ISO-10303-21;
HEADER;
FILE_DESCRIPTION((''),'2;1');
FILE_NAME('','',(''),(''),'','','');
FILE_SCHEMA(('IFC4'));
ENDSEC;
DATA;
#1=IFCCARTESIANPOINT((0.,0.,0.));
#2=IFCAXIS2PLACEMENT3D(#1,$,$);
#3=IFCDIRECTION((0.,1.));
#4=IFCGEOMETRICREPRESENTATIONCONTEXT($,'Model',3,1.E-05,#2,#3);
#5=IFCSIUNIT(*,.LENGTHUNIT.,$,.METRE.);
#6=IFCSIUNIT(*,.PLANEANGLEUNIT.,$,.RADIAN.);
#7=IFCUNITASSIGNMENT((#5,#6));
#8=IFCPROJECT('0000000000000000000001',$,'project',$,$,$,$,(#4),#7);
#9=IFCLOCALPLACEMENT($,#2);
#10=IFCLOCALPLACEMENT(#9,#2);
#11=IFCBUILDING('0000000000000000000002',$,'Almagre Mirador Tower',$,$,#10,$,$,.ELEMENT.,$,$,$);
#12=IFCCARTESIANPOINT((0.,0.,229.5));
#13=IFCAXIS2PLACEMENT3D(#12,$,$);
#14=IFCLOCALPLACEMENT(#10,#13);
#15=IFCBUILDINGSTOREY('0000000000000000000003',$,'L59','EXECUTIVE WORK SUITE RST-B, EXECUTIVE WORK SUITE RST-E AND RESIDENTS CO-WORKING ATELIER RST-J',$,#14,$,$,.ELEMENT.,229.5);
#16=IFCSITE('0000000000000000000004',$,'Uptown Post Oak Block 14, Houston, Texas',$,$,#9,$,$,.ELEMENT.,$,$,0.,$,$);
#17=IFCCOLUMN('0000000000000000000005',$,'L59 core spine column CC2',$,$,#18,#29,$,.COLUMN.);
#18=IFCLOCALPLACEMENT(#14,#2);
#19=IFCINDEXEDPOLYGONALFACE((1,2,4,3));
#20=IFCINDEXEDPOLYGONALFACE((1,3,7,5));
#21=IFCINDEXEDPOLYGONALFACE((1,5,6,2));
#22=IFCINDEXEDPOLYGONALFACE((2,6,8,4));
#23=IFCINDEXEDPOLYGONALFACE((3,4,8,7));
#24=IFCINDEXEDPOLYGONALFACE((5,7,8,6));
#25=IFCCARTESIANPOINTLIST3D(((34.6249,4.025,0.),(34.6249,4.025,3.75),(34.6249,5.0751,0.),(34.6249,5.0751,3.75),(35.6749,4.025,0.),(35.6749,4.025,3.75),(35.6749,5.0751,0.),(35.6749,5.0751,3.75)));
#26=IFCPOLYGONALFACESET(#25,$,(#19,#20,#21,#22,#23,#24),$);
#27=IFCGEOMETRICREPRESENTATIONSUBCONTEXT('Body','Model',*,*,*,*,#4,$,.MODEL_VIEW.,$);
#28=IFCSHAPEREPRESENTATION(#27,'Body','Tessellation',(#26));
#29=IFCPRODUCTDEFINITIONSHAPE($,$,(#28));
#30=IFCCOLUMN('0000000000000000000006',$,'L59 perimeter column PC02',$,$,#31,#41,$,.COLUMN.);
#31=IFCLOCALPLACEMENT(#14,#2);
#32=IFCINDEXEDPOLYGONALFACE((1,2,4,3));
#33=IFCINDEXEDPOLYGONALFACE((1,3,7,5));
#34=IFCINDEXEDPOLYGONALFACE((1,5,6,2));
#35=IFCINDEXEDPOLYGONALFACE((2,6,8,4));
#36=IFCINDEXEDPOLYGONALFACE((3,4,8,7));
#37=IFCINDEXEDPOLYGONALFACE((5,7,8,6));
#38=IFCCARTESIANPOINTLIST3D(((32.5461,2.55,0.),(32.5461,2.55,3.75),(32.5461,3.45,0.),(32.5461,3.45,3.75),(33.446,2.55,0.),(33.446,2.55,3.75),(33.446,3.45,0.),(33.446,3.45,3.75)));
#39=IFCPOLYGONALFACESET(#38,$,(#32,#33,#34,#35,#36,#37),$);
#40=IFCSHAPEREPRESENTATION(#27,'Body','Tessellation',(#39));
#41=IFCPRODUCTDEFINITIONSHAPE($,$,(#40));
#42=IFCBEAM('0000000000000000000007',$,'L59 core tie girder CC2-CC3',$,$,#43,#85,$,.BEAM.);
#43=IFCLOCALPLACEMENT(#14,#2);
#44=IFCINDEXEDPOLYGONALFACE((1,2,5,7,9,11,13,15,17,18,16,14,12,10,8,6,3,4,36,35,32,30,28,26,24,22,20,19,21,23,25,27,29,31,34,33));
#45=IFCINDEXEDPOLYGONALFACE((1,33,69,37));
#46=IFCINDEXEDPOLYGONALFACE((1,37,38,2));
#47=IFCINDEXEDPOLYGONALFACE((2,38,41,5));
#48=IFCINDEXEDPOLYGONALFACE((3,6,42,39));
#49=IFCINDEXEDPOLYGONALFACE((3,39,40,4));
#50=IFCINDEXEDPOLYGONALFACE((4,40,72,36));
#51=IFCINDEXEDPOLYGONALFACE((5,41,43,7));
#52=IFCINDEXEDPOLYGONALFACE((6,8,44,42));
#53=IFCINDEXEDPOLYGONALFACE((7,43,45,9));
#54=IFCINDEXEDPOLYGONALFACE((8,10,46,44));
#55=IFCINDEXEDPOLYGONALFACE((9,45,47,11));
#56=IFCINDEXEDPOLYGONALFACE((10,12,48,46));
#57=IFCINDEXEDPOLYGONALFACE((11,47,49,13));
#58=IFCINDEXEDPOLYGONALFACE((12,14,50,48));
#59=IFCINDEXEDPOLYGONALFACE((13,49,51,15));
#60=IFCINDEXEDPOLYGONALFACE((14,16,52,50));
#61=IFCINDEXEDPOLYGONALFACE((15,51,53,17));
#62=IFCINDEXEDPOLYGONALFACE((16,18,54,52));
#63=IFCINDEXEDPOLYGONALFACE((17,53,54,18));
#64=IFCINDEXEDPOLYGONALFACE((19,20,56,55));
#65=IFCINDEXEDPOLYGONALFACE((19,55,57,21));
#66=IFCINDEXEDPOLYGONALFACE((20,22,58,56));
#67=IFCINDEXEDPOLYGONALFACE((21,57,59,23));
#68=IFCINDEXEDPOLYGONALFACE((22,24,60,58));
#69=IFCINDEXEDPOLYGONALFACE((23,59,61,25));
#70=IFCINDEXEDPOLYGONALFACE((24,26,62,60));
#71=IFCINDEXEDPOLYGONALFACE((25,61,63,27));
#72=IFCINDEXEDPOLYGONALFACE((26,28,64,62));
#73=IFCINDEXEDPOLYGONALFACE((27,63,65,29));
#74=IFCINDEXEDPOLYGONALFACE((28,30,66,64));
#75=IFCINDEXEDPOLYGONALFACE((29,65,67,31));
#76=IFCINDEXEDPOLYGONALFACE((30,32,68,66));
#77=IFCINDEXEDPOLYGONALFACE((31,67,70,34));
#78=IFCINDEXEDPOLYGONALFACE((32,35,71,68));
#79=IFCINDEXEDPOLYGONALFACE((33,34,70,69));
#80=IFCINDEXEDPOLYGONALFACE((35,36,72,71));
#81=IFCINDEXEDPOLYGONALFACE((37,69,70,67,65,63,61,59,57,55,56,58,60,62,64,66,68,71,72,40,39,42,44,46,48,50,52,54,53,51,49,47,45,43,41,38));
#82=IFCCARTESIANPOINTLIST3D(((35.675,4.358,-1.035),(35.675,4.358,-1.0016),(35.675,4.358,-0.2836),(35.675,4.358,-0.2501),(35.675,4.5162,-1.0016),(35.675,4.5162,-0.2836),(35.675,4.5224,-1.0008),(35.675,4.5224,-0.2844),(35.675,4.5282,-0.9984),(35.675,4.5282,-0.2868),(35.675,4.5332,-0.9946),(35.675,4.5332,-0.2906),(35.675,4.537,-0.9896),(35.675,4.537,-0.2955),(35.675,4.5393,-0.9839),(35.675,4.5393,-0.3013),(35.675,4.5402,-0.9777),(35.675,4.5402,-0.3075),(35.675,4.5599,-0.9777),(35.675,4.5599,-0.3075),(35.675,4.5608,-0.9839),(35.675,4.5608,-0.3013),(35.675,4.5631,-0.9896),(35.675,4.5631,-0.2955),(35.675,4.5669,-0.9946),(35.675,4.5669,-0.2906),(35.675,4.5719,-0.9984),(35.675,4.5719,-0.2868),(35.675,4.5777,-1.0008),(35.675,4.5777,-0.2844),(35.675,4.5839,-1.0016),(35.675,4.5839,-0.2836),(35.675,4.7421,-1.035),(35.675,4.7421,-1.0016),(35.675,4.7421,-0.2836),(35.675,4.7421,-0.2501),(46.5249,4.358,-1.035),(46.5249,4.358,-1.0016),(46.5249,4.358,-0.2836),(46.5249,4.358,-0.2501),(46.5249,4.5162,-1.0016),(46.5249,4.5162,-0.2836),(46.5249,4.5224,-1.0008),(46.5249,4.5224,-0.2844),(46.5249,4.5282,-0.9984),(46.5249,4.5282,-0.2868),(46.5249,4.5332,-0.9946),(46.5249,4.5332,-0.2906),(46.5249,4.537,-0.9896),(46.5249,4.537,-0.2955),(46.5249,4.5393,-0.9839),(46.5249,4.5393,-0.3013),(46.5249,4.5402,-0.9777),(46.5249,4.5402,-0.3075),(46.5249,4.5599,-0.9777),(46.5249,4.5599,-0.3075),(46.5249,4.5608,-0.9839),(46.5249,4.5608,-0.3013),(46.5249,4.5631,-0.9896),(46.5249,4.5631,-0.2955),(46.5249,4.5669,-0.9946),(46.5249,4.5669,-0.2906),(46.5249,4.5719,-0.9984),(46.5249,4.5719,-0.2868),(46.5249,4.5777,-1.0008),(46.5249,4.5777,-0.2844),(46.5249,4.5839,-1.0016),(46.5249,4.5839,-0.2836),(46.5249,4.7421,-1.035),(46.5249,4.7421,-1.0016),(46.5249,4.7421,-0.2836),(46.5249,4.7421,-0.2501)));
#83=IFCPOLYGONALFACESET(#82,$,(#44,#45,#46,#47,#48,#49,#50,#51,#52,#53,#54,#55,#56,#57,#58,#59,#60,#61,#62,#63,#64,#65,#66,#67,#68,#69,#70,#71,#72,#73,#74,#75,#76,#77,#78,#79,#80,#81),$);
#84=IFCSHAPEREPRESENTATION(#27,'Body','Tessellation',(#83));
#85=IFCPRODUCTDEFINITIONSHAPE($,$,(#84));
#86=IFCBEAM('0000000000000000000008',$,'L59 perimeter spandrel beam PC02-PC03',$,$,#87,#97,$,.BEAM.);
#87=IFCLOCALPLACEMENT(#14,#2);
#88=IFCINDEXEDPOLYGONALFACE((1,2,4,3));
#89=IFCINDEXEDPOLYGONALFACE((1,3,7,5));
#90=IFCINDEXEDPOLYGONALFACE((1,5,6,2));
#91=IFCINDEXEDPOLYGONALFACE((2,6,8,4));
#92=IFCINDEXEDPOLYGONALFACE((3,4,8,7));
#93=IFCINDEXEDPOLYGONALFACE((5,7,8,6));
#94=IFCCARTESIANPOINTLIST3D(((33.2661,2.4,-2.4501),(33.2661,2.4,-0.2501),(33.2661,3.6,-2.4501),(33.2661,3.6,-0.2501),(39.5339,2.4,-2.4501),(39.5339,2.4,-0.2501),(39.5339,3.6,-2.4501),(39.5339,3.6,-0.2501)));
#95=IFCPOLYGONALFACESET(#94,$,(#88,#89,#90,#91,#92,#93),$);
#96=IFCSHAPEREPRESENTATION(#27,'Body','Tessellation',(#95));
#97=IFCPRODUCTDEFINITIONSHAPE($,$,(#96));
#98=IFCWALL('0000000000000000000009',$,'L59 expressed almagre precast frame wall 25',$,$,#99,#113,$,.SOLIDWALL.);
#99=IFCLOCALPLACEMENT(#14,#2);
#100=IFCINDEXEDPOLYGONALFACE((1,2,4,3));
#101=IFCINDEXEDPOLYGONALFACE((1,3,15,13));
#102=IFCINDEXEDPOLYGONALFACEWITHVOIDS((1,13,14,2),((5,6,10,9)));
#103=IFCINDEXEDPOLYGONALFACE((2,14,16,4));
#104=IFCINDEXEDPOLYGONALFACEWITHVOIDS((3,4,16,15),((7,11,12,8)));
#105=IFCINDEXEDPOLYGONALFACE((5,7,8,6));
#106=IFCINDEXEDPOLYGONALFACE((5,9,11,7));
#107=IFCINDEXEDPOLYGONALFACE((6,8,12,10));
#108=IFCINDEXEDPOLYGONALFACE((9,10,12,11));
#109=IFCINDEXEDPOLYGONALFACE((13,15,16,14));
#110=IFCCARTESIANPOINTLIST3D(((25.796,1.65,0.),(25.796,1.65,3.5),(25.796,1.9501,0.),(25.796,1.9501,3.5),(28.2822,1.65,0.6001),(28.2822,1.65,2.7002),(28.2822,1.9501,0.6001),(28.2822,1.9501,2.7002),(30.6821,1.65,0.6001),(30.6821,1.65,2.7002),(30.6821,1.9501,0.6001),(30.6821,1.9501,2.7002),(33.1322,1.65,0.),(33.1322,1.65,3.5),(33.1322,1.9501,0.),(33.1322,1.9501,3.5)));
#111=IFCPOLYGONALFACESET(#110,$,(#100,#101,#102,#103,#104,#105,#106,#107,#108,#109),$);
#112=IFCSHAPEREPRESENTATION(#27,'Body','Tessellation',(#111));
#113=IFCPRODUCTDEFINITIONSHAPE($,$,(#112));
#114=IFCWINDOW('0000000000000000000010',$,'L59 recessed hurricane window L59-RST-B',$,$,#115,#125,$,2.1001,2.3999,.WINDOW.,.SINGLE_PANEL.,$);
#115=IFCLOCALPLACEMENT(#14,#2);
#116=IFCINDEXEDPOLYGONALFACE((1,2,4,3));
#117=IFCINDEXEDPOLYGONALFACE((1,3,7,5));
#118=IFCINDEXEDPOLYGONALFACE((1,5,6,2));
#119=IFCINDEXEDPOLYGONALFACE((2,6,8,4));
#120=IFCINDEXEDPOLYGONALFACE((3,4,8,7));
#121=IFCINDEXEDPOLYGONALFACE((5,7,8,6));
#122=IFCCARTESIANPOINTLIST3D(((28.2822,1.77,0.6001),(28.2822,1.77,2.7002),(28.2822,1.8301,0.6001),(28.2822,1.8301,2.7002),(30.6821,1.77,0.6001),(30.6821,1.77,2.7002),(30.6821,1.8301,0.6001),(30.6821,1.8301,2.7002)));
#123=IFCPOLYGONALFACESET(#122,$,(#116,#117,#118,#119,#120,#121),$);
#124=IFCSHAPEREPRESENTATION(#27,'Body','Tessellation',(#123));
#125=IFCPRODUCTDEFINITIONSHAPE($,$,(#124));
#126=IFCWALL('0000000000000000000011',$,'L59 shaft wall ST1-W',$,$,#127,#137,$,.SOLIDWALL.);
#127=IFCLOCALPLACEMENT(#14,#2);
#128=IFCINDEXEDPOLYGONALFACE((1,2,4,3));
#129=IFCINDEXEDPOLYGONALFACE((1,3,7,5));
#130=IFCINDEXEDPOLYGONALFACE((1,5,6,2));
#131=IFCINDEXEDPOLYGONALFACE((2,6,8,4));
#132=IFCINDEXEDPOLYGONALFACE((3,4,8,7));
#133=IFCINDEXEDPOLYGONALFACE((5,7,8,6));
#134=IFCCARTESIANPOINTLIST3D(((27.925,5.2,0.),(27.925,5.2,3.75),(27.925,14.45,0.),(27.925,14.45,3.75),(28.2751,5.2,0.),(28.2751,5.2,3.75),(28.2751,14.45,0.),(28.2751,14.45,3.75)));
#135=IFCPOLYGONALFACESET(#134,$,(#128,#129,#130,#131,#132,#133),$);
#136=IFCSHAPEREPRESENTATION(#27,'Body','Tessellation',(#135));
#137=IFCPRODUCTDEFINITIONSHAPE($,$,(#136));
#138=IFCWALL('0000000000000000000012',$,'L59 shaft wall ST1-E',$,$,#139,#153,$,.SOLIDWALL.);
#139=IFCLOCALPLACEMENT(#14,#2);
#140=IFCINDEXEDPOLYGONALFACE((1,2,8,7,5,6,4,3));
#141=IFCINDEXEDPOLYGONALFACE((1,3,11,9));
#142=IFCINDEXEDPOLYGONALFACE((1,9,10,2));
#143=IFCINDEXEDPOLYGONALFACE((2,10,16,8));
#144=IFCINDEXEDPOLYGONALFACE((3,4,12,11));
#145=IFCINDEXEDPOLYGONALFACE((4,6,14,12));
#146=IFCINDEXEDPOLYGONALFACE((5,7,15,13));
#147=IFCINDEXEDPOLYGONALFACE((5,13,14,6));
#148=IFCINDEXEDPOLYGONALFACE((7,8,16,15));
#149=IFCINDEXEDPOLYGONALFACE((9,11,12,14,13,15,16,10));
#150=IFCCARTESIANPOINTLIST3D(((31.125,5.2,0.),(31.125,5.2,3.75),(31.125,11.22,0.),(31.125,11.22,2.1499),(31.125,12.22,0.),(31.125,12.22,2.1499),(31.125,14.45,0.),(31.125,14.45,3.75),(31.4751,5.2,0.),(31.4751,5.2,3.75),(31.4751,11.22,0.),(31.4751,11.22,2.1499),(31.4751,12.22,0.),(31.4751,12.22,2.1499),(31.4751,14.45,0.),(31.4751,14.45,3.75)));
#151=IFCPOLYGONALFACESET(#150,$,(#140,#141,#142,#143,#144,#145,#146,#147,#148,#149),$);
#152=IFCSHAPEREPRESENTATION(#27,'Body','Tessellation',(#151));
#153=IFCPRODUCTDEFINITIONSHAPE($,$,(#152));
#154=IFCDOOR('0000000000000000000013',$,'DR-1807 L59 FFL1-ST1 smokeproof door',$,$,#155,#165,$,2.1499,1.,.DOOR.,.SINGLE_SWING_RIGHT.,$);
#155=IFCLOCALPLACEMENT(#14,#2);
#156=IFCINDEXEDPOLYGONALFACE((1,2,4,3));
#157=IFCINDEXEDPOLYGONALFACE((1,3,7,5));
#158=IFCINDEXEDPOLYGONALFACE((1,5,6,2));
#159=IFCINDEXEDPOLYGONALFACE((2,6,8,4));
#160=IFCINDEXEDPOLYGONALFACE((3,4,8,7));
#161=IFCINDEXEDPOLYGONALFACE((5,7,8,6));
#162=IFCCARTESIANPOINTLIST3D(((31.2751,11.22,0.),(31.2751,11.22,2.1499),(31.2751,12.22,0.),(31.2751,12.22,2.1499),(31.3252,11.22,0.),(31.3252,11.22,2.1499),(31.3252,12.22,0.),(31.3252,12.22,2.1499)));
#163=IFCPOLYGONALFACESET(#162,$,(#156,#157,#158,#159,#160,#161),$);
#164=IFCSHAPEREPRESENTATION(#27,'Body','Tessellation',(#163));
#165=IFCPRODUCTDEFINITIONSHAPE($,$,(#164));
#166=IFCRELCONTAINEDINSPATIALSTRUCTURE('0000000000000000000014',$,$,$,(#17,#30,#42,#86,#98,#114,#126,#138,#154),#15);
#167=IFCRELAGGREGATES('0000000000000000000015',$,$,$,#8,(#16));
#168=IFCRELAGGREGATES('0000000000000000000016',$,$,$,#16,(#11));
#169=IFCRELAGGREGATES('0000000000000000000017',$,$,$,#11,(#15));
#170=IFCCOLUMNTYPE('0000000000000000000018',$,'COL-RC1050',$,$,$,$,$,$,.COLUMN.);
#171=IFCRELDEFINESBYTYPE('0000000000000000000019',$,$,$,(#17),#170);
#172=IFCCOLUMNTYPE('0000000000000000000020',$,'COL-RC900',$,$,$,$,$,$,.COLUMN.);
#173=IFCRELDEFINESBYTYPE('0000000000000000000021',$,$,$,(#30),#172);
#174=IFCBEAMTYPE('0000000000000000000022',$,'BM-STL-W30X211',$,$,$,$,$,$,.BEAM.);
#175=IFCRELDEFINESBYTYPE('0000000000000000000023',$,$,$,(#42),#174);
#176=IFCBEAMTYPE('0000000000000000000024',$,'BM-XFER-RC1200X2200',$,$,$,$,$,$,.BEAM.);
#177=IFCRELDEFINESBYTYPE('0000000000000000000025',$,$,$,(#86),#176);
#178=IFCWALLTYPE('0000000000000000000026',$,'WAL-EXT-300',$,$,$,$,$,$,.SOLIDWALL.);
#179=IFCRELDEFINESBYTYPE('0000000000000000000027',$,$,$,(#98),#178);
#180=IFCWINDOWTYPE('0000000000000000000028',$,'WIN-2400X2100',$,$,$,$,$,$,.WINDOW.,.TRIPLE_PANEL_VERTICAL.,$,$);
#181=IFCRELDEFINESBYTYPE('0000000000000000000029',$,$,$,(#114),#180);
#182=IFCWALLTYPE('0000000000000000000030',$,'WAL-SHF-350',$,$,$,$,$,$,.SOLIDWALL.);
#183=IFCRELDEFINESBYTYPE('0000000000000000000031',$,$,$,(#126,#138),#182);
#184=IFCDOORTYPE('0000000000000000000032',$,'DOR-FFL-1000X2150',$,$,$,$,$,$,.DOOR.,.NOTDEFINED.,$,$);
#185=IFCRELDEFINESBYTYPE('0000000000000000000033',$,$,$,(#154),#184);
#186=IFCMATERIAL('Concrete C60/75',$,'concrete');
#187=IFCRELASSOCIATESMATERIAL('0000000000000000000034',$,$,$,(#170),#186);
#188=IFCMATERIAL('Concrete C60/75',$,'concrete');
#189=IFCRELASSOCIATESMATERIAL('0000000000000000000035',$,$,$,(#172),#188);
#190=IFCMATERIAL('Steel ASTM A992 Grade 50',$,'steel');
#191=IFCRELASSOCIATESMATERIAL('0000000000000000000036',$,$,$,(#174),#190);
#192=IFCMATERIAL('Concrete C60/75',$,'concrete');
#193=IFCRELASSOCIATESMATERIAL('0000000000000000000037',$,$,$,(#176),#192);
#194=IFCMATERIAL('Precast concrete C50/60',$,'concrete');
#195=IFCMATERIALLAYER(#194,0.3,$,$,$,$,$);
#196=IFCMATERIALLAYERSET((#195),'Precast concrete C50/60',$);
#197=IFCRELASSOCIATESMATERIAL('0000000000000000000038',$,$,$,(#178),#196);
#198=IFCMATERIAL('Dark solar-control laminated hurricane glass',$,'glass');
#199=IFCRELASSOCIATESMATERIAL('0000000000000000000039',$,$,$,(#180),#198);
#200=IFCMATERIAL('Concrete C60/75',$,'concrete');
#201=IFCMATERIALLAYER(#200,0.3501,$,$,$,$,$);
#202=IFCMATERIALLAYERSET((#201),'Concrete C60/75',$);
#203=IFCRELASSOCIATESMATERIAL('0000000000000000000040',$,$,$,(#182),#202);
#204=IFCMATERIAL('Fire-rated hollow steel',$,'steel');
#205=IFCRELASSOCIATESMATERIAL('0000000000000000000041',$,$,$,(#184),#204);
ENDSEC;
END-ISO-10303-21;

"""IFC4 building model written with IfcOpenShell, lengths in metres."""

from ifc_helpers import new_model, si_unit, direction, frame, frame_2d, origin, origin_2d, place, context, subcontext, project, spatial, rectangle, i_section, extrude, material, layer, layer_set, material_profile, profile_set, type_object, element, fill, save


model = new_model("IFC4")

# Units and contexts
model_context = context("Model", 3, precision=1e-05, world=origin(), true_north=direction((0.0, 1.0)))
body_context = subcontext(model_context, "Body", "Model", "MODEL_VIEW")
ifc_project = project(units=[si_unit("LENGTHUNIT", "METRE"), si_unit("PLANEANGLEUNIT", "RADIAN")], contexts=[model_context])

# Site, building, storey
site_placement = place(None, origin())
site = spatial("IfcSite", under=ifc_project, at=site_placement, Name="Uptown Post Oak Block 14, Houston, Texas", CompositionType="ELEMENT", RefElevation=0.0)
building_placement = place(site_placement, origin())
building = spatial("IfcBuilding", under=site, at=building_placement, Name="Almagre Mirador Tower", CompositionType="ELEMENT")
storey_placement = place(building_placement, frame((0.0, 0.0, 229.5)))
storey = spatial("IfcBuildingStorey", under=building, at=storey_placement, Name="L59", Description="EXECUTIVE WORK SUITE RST-B, EXECUTIVE WORK SUITE RST-E AND RESIDENTS CO-WORKING ATELIER RST-J", CompositionType="ELEMENT", Elevation=229.5)

# Columns
ifc_material_1 = material(Name="Concrete C60/75", Category="concrete")
ifc_material_profile_1 = material_profile(ifc_material_1, rectangle(XDim=1.05, YDim=1.05, at=origin_2d()), Name="RC1050X1050")
ifc_profile_set_1 = profile_set([ifc_material_profile_1], Name="Concrete C60/75")
column_type_1 = type_object("IfcColumnType", Name="COL-RC1050", PredefinedType="COLUMN", material=ifc_profile_set_1)
column_1_placement = place(storey_placement, frame((35.1499, 4.55, 0.0), z_axis=(0.0, 0.0, 1.0), x_axis=(1.0, 0.0, 0.0)))
element("IfcColumn", 1, at=column_1_placement, inside=storey, type_object=column_type_1, Name="L59 core spine column CC2", PredefinedType="COLUMN", context=body_context, shape_type="SweptSolid", body=[
    extrude(rectangle(XDim=1.05, YDim=1.05, at=origin_2d()), origin(), (0.0, 0.0, 1.0), 3.75),
])
ifc_material_2 = material(Name="Concrete C60/75", Category="concrete")
ifc_material_profile_2 = material_profile(ifc_material_2, rectangle(XDim=0.8999, YDim=0.8999, at=origin_2d()), Name="RC900X900")
ifc_profile_set_2 = profile_set([ifc_material_profile_2], Name="Concrete C60/75")
column_type_2 = type_object("IfcColumnType", Name="COL-RC900", PredefinedType="COLUMN", material=ifc_profile_set_2)
column_2_placement = place(storey_placement, frame((32.9961, 3.0, 0.0), z_axis=(0.0, 0.0, 1.0), x_axis=(1.0, 0.0, 0.0)))
element("IfcColumn", 2, at=column_2_placement, inside=storey, type_object=column_type_2, Name="L59 perimeter column PC02", PredefinedType="COLUMN", context=body_context, shape_type="SweptSolid", body=[
    extrude(rectangle(XDim=0.8999, YDim=0.8999, at=origin_2d()), origin(), (0.0, 0.0, 1.0), 3.75),
])

# Beams
ifc_material_3 = material(Name="Steel ASTM A992 Grade 50", Category="steel")
ifc_material_profile_3 = material_profile(ifc_material_3, i_section(OverallWidth=0.384, OverallDepth=0.7849, WebThickness=0.0198, FlangeThickness=0.0334, FilletRadius=0.0239, at=origin_2d()), Name="W30X211")
ifc_profile_set_3 = profile_set([ifc_material_profile_3], Name="Steel ASTM A992 Grade 50")
beam_type_1 = type_object("IfcBeamType", Name="BM-STL-W30X211", PredefinedType="BEAM", material=ifc_profile_set_3)
beam_1_placement = place(storey_placement, frame((35.675, 4.55, -0.6426), z_axis=(1.0, 0.0, 0.0), x_axis=(0.0, 1.0, 0.0)))
element("IfcBeam", 3, at=beam_1_placement, inside=storey, type_object=beam_type_1, Name="L59 core tie girder CC2-CC3", PredefinedType="BEAM", context=body_context, shape_type="SweptSolid", body=[
    extrude(i_section(OverallWidth=0.384, OverallDepth=0.7849, WebThickness=0.0198, FlangeThickness=0.0334, FilletRadius=0.0239, at=origin_2d()), origin(), (0.0, 0.0, 1.0), 10.8499),
])
ifc_material_4 = material(Name="Concrete C60/75", Category="concrete")
ifc_material_profile_4 = material_profile(ifc_material_4, rectangle(XDim=1.2, YDim=2.2, at=origin_2d()), Name="RC1200X2200")
ifc_profile_set_4 = profile_set([ifc_material_profile_4], Name="Concrete C60/75")
beam_type_2 = type_object("IfcBeamType", Name="BM-XFER-RC1200X2200", PredefinedType="BEAM", material=ifc_profile_set_4)
beam_2_placement = place(storey_placement, frame((33.2661, 3.0, -1.3501), z_axis=(1.0, 0.0, 0.0), x_axis=(0.0, 1.0, 0.0)))
element("IfcBeam", 4, at=beam_2_placement, inside=storey, type_object=beam_type_2, Name="L59 perimeter spandrel beam PC02-PC03", PredefinedType="BEAM", context=body_context, shape_type="SweptSolid", body=[
    extrude(rectangle(XDim=1.2, YDim=2.2, at=origin_2d()), origin(), (0.0, 0.0, 1.0), 6.2678),
])

# Wall, opening, window
ifc_material_5 = material(Name="Precast concrete C50/60", Category="concrete")
ifc_layer_1 = layer(ifc_material_5, 0.3)
ifc_layer_set_1 = layer_set([ifc_layer_1], Name="Precast concrete C50/60")
wall_type_1 = type_object("IfcWallType", Name="WAL-EXT-300", PredefinedType="SOLIDWALL", material=ifc_layer_set_1)
wall_1_placement = place(storey_placement, frame((33.1321, 1.8, 0.0), z_axis=(0.0, 0.0, 1.0), x_axis=(-1.0, 0.0, 0.0)))
wall_1 = element("IfcWall", 5, at=wall_1_placement, inside=storey, type_object=wall_type_1, Name="L59 expressed almagre precast frame wall 25", PredefinedType="SOLIDWALL", context=body_context, shape_type="SweptSolid", body=[
    extrude(rectangle(XDim=7.3362, YDim=0.3, at=frame_2d((3.668, 0.0))), origin(), (0.0, 0.0, 1.0), 3.5),
])
opening_1_placement = place(wall_1_placement, frame((2.45, 0.0, 0.6001)))
opening_1 = element("IfcOpeningElement", 6, at=opening_1_placement, cuts=wall_1, PredefinedType="OPENING", context=body_context, shape_type="SweptSolid", body=[
    extrude(rectangle(XDim=2.3999, YDim=2.1001, at=frame_2d((1.2, 1.05))), frame((0.0, 0.1599, 0.0), z_axis=(0.0, -1.0, 0.0), x_axis=(1.0, 0.0, 0.0)), (0.0, 0.0, 1.0), 0.32),
])
ifc_material_6 = material(Name="Dark solar-control laminated hurricane glass", Category="glass")
window_type = type_object("IfcWindowType", Name="WIN-2400X2100", PartitioningType="TRIPLE_PANEL_VERTICAL", PredefinedType="WINDOW", material=ifc_material_6)
window_placement = place(opening_1_placement, origin())
window = element("IfcWindow", 7, at=window_placement, inside=storey, type_object=window_type, Name="L59 recessed hurricane window L59-RST-B", OverallHeight=2.1001, OverallWidth=2.3999, PartitioningType="SINGLE_PANEL", PredefinedType="WINDOW", context=body_context, shape_type="SweptSolid", body=[
    extrude(rectangle(XDim=2.3999, YDim=2.1001, at=frame_2d((1.2, 1.05))), frame((0.0, 0.03, 0.0), z_axis=(0.0, -1.0, 0.0), x_axis=(1.0, 0.0, 0.0)), (0.0, 0.0, 1.0), 0.0601),
])
fill(opening_1, window)

# Wall
ifc_material_7 = material(Name="Concrete C60/75", Category="concrete")
ifc_layer_2 = layer(ifc_material_7, 0.3501)
ifc_layer_set_2 = layer_set([ifc_layer_2], Name="Concrete C60/75")
wall_type_2 = type_object("IfcWallType", Name="WAL-SHF-350", PredefinedType="SOLIDWALL", material=ifc_layer_set_2)
wall_2_placement = place(storey_placement, frame((28.1001, 5.2, 0.0), z_axis=(0.0, 0.0, 1.0), x_axis=(0.0, 1.0, 0.0)))
element("IfcWall", 8, at=wall_2_placement, inside=storey, type_object=wall_type_2, Name="L59 shaft wall ST1-W", PredefinedType="SOLIDWALL", context=body_context, shape_type="SweptSolid", body=[
    extrude(rectangle(XDim=9.25, YDim=0.3501, at=frame_2d((4.625, 0.0))), origin(), (0.0, 0.0, 1.0), 3.75),
])

# Wall, opening, door
wall_3_placement = place(storey_placement, frame((31.3, 5.2, 0.0), z_axis=(0.0, 0.0, 1.0), x_axis=(0.0, 1.0, 0.0)))
wall_3 = element("IfcWall", 9, at=wall_3_placement, inside=storey, type_object=wall_type_2, Name="L59 shaft wall ST1-E", PredefinedType="SOLIDWALL", context=body_context, shape_type="SweptSolid", body=[
    extrude(rectangle(XDim=9.25, YDim=0.3501, at=frame_2d((4.625, 0.0))), origin(), (0.0, 0.0, 1.0), 3.75),
])
opening_2_placement = place(wall_3_placement, frame((6.02, 0.0, 0.0)))
opening_2 = element("IfcOpeningElement", 10, at=opening_2_placement, cuts=wall_3, PredefinedType="OPENING", context=body_context, shape_type="SweptSolid", body=[
    extrude(rectangle(XDim=1.0, YDim=2.1499, at=frame_2d((0.5, 1.075))), frame((0.0, 0.185, 0.0), z_axis=(0.0, -1.0, 0.0), x_axis=(1.0, 0.0, 0.0)), (0.0, 0.0, 1.0), 0.3701),
])
ifc_material_8 = material(Name="Fire-rated hollow steel", Category="steel")
door_type_1 = type_object("IfcDoorType", Name="DOR-FFL-1000X2150", OperationType="NOTDEFINED", PredefinedType="DOOR", material=ifc_material_8)
door_1_placement = place(opening_2_placement, origin())
door_1 = element("IfcDoor", 11, at=door_1_placement, inside=storey, type_object=door_type_1, Name="DR-1807 L59 FFL1-ST1 smokeproof door", OperationType="SINGLE_SWING_RIGHT", OverallHeight=2.1499, OverallWidth=1.0, PredefinedType="DOOR", context=body_context, shape_type="SweptSolid", body=[
    extrude(rectangle(XDim=1.0, YDim=2.1499, at=frame_2d((0.5, 1.075))), frame((0.0, 0.0249, 0.0), z_axis=(0.0, -1.0, 0.0), x_axis=(1.0, 0.0, 0.0)), (0.0, 0.0, 1.0), 0.05),
])
fill(opening_2, door_1)

save(model, "model.ifc")
